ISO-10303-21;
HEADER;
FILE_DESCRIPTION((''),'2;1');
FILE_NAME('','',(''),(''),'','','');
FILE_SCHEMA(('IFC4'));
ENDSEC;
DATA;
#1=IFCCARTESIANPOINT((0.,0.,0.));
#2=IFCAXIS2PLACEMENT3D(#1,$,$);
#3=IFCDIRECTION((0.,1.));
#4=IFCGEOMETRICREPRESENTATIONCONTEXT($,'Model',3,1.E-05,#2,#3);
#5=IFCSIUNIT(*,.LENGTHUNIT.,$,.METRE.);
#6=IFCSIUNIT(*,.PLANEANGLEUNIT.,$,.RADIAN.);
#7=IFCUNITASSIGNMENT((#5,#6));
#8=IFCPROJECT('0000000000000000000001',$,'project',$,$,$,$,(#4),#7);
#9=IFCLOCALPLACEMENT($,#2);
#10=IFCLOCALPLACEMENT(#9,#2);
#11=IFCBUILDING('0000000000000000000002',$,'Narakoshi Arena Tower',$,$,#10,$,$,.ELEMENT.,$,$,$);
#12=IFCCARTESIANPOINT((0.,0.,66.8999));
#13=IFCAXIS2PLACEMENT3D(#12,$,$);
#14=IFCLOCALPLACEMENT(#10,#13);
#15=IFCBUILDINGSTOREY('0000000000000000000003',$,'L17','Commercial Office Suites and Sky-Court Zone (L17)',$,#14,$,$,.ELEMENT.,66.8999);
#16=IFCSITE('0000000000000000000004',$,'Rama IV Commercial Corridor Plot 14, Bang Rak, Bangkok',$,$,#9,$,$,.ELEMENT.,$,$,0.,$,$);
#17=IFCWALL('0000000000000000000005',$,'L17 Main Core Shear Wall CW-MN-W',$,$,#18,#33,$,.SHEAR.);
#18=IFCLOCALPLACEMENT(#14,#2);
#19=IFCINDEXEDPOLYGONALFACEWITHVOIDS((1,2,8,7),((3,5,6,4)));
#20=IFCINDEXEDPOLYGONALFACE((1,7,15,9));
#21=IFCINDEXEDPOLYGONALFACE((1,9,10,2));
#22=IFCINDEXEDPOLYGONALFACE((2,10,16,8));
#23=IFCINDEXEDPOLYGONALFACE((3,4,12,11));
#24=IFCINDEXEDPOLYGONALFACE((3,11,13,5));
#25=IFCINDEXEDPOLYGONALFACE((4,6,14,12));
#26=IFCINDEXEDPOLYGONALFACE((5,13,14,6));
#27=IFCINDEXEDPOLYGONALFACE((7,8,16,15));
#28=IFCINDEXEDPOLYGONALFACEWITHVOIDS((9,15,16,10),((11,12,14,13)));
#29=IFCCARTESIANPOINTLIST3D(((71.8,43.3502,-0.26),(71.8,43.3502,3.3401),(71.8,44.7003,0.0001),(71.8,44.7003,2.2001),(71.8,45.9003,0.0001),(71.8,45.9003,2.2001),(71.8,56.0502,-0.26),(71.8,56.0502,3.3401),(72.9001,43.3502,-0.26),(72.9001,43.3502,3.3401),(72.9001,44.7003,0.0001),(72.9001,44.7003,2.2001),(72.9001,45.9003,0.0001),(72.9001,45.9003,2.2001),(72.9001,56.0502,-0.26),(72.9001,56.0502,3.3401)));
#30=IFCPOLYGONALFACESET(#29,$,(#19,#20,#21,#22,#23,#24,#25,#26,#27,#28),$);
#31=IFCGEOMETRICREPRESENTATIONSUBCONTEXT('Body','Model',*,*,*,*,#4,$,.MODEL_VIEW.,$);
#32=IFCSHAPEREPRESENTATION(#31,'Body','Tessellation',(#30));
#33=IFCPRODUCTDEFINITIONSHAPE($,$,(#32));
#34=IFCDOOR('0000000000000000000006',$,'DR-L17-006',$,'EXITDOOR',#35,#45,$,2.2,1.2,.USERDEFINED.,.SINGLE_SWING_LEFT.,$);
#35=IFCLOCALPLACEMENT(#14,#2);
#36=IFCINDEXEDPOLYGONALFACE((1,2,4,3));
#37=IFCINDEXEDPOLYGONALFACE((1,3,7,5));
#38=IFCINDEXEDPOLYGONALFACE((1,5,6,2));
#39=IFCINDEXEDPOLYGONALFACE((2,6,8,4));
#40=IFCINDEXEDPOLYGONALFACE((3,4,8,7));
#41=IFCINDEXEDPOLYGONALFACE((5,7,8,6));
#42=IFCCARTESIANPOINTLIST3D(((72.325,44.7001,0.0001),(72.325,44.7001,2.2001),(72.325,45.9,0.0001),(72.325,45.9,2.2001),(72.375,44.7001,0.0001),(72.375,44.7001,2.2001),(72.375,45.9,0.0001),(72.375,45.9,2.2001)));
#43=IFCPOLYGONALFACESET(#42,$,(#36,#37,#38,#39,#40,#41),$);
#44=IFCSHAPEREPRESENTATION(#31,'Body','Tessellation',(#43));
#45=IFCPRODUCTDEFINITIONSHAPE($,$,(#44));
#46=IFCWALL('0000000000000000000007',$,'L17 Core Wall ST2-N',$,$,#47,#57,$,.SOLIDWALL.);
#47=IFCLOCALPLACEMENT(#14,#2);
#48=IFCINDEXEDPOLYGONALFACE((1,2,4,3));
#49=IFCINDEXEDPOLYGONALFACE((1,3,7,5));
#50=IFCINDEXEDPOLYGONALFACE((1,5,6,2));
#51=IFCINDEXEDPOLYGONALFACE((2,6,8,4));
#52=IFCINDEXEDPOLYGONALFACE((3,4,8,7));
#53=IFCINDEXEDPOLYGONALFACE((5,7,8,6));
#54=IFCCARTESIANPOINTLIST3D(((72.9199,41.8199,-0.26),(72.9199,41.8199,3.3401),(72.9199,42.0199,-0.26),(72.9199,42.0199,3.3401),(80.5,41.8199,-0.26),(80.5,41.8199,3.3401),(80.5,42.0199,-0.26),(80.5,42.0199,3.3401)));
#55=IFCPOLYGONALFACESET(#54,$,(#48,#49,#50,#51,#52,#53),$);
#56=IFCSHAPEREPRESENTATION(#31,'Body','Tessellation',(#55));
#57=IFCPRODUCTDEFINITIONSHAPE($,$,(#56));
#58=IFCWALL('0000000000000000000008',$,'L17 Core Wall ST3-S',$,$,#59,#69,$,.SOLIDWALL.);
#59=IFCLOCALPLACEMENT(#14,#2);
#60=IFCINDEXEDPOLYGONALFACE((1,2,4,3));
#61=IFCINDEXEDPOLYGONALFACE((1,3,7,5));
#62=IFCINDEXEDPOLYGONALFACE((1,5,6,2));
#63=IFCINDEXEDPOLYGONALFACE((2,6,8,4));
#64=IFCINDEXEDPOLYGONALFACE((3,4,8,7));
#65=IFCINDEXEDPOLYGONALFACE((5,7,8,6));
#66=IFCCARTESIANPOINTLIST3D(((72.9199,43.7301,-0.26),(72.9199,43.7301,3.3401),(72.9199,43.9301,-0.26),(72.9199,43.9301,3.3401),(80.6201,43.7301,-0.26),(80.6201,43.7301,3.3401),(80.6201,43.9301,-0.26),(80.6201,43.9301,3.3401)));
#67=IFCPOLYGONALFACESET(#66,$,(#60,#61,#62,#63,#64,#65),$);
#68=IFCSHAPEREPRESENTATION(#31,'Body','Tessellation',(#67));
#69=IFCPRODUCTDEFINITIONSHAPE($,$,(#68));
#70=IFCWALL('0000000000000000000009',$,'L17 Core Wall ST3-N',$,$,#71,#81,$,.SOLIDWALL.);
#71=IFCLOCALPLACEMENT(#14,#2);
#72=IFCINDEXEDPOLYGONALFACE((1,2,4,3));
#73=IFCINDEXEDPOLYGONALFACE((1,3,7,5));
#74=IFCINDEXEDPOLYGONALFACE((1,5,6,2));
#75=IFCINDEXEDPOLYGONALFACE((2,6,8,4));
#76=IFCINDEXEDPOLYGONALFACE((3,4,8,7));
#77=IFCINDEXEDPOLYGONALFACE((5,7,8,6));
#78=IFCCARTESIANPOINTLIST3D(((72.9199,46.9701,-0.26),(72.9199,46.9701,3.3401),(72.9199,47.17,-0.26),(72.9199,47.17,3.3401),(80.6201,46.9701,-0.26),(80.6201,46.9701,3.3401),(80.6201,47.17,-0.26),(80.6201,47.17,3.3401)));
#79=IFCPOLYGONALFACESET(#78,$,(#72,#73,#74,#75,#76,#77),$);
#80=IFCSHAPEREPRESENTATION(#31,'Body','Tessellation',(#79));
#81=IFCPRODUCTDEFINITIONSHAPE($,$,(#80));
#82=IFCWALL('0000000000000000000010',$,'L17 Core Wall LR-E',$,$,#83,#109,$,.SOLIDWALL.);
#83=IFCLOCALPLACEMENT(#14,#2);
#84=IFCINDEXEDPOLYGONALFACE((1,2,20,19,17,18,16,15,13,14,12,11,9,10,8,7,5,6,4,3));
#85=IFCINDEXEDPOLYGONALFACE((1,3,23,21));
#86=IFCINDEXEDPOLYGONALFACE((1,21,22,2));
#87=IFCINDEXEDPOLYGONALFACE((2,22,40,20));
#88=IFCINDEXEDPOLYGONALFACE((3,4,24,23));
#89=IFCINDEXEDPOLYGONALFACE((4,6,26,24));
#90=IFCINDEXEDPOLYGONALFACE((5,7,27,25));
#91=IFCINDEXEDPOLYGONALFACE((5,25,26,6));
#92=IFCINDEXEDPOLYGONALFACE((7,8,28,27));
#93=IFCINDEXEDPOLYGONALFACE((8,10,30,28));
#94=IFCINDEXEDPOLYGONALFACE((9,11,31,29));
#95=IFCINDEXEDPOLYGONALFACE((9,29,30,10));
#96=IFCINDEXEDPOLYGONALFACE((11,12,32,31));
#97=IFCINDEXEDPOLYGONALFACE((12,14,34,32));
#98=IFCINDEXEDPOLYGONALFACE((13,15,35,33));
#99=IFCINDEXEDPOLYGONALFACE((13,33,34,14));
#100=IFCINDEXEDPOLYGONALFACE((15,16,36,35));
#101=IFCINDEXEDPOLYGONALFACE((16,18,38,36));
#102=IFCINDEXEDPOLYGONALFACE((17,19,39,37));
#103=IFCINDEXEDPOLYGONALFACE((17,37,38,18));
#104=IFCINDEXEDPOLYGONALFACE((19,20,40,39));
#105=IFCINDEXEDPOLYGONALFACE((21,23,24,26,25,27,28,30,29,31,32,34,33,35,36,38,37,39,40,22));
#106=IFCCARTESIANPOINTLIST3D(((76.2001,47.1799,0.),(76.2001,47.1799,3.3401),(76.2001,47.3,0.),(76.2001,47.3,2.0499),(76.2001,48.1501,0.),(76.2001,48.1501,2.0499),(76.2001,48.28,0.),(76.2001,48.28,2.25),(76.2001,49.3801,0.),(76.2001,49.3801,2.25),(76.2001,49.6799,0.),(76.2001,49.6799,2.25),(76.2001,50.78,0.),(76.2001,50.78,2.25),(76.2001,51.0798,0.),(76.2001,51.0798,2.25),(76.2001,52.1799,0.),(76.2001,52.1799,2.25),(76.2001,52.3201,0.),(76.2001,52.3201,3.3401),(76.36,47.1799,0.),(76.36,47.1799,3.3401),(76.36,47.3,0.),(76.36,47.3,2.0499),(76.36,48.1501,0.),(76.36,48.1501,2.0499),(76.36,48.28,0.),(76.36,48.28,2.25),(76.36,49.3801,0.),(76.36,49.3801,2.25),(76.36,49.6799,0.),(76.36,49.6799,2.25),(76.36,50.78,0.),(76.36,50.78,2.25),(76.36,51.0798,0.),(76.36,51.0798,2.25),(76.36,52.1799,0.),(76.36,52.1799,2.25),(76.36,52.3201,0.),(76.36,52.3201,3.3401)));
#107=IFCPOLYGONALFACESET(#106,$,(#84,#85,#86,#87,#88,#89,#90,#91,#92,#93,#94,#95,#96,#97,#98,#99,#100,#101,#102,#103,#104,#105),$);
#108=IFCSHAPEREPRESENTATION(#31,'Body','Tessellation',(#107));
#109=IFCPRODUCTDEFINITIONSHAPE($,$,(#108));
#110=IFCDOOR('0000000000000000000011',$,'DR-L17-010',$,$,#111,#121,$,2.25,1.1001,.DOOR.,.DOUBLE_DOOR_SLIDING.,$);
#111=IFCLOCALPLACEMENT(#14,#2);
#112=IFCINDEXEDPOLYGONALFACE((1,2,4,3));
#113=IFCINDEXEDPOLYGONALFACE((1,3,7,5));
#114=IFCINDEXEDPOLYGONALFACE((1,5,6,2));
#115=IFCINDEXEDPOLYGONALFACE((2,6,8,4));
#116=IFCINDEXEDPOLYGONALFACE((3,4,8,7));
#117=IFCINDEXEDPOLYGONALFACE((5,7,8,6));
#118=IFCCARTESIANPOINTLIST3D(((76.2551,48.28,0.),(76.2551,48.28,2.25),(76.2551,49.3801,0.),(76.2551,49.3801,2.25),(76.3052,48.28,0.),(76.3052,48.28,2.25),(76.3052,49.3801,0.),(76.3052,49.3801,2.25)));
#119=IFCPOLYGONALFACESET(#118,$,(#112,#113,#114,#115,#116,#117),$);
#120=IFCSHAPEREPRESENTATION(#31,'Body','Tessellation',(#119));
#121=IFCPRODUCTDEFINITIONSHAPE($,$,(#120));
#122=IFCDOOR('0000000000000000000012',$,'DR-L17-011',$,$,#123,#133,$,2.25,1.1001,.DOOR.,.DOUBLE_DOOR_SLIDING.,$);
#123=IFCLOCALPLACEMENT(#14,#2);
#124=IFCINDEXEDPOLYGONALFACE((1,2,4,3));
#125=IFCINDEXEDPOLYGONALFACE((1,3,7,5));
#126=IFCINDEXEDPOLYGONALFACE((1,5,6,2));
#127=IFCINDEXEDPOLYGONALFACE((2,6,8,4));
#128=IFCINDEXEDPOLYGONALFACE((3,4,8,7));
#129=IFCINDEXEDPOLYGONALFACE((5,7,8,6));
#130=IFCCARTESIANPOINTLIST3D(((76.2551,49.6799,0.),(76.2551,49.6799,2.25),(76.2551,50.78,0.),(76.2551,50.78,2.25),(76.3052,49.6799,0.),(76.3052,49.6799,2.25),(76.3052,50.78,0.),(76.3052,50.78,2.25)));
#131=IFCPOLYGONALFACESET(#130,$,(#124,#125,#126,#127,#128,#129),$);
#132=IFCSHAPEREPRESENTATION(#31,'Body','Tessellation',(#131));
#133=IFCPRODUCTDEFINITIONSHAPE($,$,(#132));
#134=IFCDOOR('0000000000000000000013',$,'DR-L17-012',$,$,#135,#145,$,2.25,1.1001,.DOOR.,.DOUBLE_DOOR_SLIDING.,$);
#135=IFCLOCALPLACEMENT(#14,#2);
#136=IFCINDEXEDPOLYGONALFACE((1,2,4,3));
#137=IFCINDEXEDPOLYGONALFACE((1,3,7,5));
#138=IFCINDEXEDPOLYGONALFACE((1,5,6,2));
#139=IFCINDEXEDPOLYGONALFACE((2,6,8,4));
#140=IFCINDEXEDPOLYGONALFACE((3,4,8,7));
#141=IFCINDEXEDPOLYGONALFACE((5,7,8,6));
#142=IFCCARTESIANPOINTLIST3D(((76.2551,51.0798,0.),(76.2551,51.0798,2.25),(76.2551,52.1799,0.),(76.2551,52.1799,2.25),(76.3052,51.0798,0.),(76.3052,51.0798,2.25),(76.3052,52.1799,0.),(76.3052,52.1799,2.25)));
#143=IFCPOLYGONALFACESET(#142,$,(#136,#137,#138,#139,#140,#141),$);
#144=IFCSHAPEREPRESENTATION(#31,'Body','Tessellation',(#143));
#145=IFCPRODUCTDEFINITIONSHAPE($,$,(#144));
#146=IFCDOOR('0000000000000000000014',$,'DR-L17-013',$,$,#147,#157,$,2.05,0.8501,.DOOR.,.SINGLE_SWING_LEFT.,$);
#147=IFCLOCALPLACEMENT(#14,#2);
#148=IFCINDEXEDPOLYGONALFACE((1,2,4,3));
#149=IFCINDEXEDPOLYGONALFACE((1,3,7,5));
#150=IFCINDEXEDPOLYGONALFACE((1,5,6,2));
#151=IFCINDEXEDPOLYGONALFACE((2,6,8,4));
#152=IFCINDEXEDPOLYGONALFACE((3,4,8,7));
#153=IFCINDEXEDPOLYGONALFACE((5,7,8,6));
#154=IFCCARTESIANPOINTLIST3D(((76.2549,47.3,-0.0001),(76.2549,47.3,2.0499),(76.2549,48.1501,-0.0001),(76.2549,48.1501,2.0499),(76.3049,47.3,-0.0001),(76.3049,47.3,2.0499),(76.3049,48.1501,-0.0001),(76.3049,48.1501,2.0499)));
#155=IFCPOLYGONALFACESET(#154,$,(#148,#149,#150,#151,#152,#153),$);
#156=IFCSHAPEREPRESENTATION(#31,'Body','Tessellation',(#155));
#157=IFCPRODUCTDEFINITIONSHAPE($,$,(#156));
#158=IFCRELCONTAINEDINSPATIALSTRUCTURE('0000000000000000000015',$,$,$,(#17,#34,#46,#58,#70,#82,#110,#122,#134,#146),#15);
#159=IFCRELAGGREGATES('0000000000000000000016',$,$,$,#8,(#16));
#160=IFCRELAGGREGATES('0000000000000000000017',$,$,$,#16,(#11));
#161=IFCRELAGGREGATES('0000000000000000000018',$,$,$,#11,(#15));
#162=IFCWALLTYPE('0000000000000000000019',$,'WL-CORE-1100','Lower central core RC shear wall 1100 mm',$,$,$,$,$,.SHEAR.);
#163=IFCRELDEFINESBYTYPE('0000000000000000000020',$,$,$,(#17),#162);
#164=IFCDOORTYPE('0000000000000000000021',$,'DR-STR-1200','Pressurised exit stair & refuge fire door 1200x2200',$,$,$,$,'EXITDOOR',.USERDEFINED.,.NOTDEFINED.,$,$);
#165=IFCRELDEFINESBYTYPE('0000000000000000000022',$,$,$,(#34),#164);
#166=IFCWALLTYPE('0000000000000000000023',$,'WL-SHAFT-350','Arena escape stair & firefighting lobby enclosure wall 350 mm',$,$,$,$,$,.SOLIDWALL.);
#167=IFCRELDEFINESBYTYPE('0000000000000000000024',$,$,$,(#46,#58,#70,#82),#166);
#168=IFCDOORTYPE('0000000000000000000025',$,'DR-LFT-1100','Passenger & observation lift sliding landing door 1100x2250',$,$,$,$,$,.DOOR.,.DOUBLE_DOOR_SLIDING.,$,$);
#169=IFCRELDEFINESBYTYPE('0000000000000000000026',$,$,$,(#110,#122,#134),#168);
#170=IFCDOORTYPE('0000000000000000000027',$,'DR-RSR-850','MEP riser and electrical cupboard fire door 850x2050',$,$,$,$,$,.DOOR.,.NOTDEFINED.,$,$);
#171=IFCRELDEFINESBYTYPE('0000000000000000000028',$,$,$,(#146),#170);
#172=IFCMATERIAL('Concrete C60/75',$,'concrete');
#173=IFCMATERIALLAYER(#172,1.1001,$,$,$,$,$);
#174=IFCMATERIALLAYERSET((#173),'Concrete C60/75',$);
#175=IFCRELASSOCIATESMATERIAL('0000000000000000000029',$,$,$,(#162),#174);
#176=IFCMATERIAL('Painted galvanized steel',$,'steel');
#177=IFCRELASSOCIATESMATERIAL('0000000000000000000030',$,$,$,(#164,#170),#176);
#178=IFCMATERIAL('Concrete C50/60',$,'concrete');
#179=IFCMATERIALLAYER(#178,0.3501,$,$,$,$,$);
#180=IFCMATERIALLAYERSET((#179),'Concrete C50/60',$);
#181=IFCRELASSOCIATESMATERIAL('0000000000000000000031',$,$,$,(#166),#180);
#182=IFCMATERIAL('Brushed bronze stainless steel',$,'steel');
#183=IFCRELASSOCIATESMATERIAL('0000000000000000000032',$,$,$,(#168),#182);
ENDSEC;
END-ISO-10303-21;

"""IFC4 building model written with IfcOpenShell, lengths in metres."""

from ifc_helpers import new_model, si_unit, direction, frame, frame_2d, origin, place, context, subcontext, project, spatial, rectangle, extrude, material, layer, layer_set, type_object, element, fill, save


model = new_model("IFC4")

# Units and contexts
model_context = context("Model", 3, precision=1e-05, world=origin(), true_north=direction((0.0, 1.0)))
body_context = subcontext(model_context, "Body", "Model", "MODEL_VIEW")
ifc_project = project(units=[si_unit("LENGTHUNIT", "METRE"), si_unit("PLANEANGLEUNIT", "RADIAN")], contexts=[model_context])

# Site, building, storey
site_placement = place(None, origin())
site = spatial("IfcSite", under=ifc_project, at=site_placement, Name="Rama IV Commercial Corridor Plot 14, Bang Rak, Bangkok", CompositionType="ELEMENT", RefElevation=0.0)
building_placement = place(site_placement, origin())
building = spatial("IfcBuilding", under=site, at=building_placement, Name="Narakoshi Arena Tower", CompositionType="ELEMENT")
storey_placement = place(building_placement, frame((0.0, 0.0, 66.8999)))
storey = spatial("IfcBuildingStorey", under=building, at=storey_placement, Name="L17", Description="Commercial Office Suites and Sky-Court Zone (L17)", CompositionType="ELEMENT", Elevation=66.8999)

# Wall, opening, door
ifc_material_1 = material(Name="Concrete C60/75", Category="concrete")
ifc_layer_1 = layer(ifc_material_1, 1.1001)
ifc_layer_set_1 = layer_set([ifc_layer_1], Name="Concrete C60/75")
wall_type_1 = type_object("IfcWallType", Name="WL-CORE-1100", Description="Lower central core RC shear wall 1100 mm", PredefinedType="SHEAR", material=ifc_layer_set_1)
wall_1_placement = place(storey_placement, frame((72.3501, 43.3501, -0.26), z_axis=(0.0, 0.0, 1.0), x_axis=(0.0, 1.0, 0.0)))
wall_1 = element("IfcWall", 1, at=wall_1_placement, inside=storey, type_object=wall_type_1, Name="L17 Main Core Shear Wall CW-MN-W", PredefinedType="SHEAR", context=body_context, shape_type="SweptSolid", body=[
    extrude(rectangle(XDim=12.7, YDim=1.1001, at=frame_2d((6.3501, 0.0))), origin(), (0.0, 0.0, 1.0), 3.6001),
])
opening_1_placement = place(wall_1_placement, frame((1.3501, 0.0, 0.26)))
opening_1 = element("IfcOpeningElement", 2, at=opening_1_placement, cuts=wall_1, PredefinedType="OPENING", context=body_context, shape_type="SweptSolid", body=[
    extrude(rectangle(XDim=1.2, YDim=2.2, at=frame_2d((0.6001, 1.1001))), frame((0.0, 0.5601, 0.0), z_axis=(0.0, -1.0, 0.0), x_axis=(1.0, 0.0, 0.0)), (0.0, 0.0, 1.0), 1.1201),
])
ifc_material_2 = material(Name="Painted galvanized steel", Category="steel")
door_type_1 = type_object("IfcDoorType", Name="DR-STR-1200", Description="Pressurised exit stair & refuge fire door 1200x2200", ElementType="EXITDOOR", OperationType="NOTDEFINED", PredefinedType="USERDEFINED", material=ifc_material_2)
door_1_placement = place(opening_1_placement, frame((1.2, 0.0, 0.0), z_axis=(0.0, 0.0, 1.0), x_axis=(-1.0, 0.0, 0.0)))
door_1 = element("IfcDoor", 3, at=door_1_placement, inside=storey, type_object=door_type_1, Name="DR-L17-006", ObjectType="EXITDOOR", OperationType="SINGLE_SWING_LEFT", OverallHeight=2.2, OverallWidth=1.2, PredefinedType="USERDEFINED", context=body_context, shape_type="SweptSolid", body=[
    extrude(rectangle(XDim=1.2, YDim=2.2, at=frame_2d((0.6001, 1.1001))), frame((0.0, 0.0249, 0.0), z_axis=(0.0, -1.0, 0.0), x_axis=(1.0, 0.0, 0.0)), (0.0, 0.0, 1.0), 0.05),
])
fill(opening_1, door_1)

# Walls
ifc_material_3 = material(Name="Concrete C50/60", Category="concrete")
ifc_layer_2 = layer(ifc_material_3, 0.3501)
ifc_layer_set_2 = layer_set([ifc_layer_2], Name="Concrete C50/60")
wall_type_2 = type_object("IfcWallType", Name="WL-SHAFT-350", Description="Arena escape stair & firefighting lobby enclosure wall 350 mm", PredefinedType="SOLIDWALL", material=ifc_layer_set_2)
wall_2_placement = place(storey_placement, frame((72.9199, 41.9199, -0.26), z_axis=(0.0, 0.0, 1.0), x_axis=(1.0, 0.0, 0.0)))
element("IfcWall", 4, at=wall_2_placement, inside=storey, type_object=wall_type_2, Name="L17 Core Wall ST2-N", PredefinedType="SOLIDWALL", context=body_context, shape_type="SweptSolid", body=[
    extrude(rectangle(XDim=7.5801, YDim=0.2, at=frame_2d((3.79, 0.0))), origin(), (0.0, 0.0, 1.0), 3.6001),
])
for number, where, z_axis, x_axis, name in (
    (5, (72.9199, 43.8301, -0.26), (0.0, 0.0, 1.0), (1.0, 0.0, 0.0), "L17 Core Wall ST3-S"),
    (6, (72.9199, 47.0701, -0.26), (0.0, 0.0, 1.0), (1.0, 0.0, 0.0), "L17 Core Wall ST3-N"),
):
    element("IfcWall", number, at=place(storey_placement, frame(where, z_axis=z_axis, x_axis=x_axis)), inside=storey, type_object=wall_type_2, Name=name, PredefinedType="SOLIDWALL", context=body_context, shape_type="SweptSolid", body=[
        extrude(rectangle(XDim=7.7002, YDim=0.2, at=frame_2d((3.8501, 0.0))), origin(), (0.0, 0.0, 1.0), 3.6001),
    ])

# Wall, openings, doors
wall_3_placement = place(storey_placement, frame((76.28, 47.1799, 0.0), z_axis=(0.0, 0.0, 1.0), x_axis=(0.0, 1.0, 0.0)))
wall_3 = element("IfcWall", 7, at=wall_3_placement, inside=storey, type_object=wall_type_2, Name="L17 Core Wall LR-E", PredefinedType="SOLIDWALL", context=body_context, shape_type="SweptSolid", body=[
    extrude(rectangle(XDim=5.1401, YDim=0.1599, at=frame_2d((2.5701, 0.0))), origin(), (0.0, 0.0, 1.0), 3.3401),
])
opening_2_placement = place(wall_3_placement, frame((1.1001, 0.0, 0.0)))
opening_2 = element("IfcOpeningElement", 8, at=opening_2_placement, cuts=wall_3, PredefinedType="OPENING", context=body_context, shape_type="SweptSolid", body=[
    extrude(rectangle(XDim=1.1001, YDim=2.25, at=frame_2d((0.55, 1.125))), frame((0.0, 0.0898, 0.0), z_axis=(0.0, -1.0, 0.0), x_axis=(1.0, 0.0, 0.0)), (0.0, 0.0, 1.0), 0.1799),
])
opening_3_placement = place(wall_3_placement, frame((2.5, 0.0, 0.0)))
opening_3 = element("IfcOpeningElement", 9, at=opening_3_placement, cuts=wall_3, PredefinedType="OPENING", context=body_context, shape_type="SweptSolid", body=[
    extrude(rectangle(XDim=1.1001, YDim=2.25, at=frame_2d((0.55, 1.125))), frame((0.0, 0.0898, 0.0), z_axis=(0.0, -1.0, 0.0), x_axis=(1.0, 0.0, 0.0)), (0.0, 0.0, 1.0), 0.1799),
])
opening_4_placement = place(wall_3_placement, frame((3.8999, 0.0, 0.0)))
opening_4 = element("IfcOpeningElement", 10, at=opening_4_placement, cuts=wall_3, PredefinedType="OPENING", context=body_context, shape_type="SweptSolid", body=[
    extrude(rectangle(XDim=1.1001, YDim=2.25, at=frame_2d((0.55, 1.125))), frame((0.0, 0.0898, 0.0), z_axis=(0.0, -1.0, 0.0), x_axis=(1.0, 0.0, 0.0)), (0.0, 0.0, 1.0), 0.1799),
])
opening_5_placement = place(wall_3_placement, frame((0.1201, 0.0, 0.0)))
opening_5 = element("IfcOpeningElement", 11, at=opening_5_placement, cuts=wall_3, PredefinedType="OPENING", context=body_context, shape_type="SweptSolid", body=[
    extrude(rectangle(XDim=0.8501, YDim=2.05, at=frame_2d((0.425, 1.0249))), frame((0.0, 0.0898, 0.0), z_axis=(0.0, -1.0, 0.0), x_axis=(1.0, 0.0, 0.0)), (0.0, 0.0, 1.0), 0.1799),
])
ifc_material_4 = material(Name="Brushed bronze stainless steel", Category="steel")
door_type_2 = type_object("IfcDoorType", Name="DR-LFT-1100", Description="Passenger & observation lift sliding landing door 1100x2250", OperationType="DOUBLE_DOOR_SLIDING", PredefinedType="DOOR", material=ifc_material_4)
door_2_placement = place(opening_2_placement, origin())
door_2 = element("IfcDoor", 12, at=door_2_placement, inside=storey, type_object=door_type_2, Name="DR-L17-010", OperationType="DOUBLE_DOOR_SLIDING", OverallHeight=2.25, OverallWidth=1.1001, PredefinedType="DOOR", context=body_context, shape_type="SweptSolid", body=[
    extrude(rectangle(XDim=1.1001, YDim=2.25, at=frame_2d((0.55, 1.125))), frame((0.0, 0.0249, 0.0), z_axis=(0.0, -1.0, 0.0), x_axis=(1.0, 0.0, 0.0)), (0.0, 0.0, 1.0), 0.05),
])
fill(opening_2, door_2)
door_3_placement = place(opening_3_placement, origin())
door_3 = element("IfcDoor", 13, at=door_3_placement, inside=storey, type_object=door_type_2, Name="DR-L17-011", OperationType="DOUBLE_DOOR_SLIDING", OverallHeight=2.25, OverallWidth=1.1001, PredefinedType="DOOR", context=body_context, shape_type="SweptSolid", body=[
    extrude(rectangle(XDim=1.1001, YDim=2.25, at=frame_2d((0.55, 1.125))), frame((0.0, 0.0249, 0.0), z_axis=(0.0, -1.0, 0.0), x_axis=(1.0, 0.0, 0.0)), (0.0, 0.0, 1.0), 0.05),
])
fill(opening_3, door_3)
door_4_placement = place(opening_4_placement, origin())
door_4 = element("IfcDoor", 14, at=door_4_placement, inside=storey, type_object=door_type_2, Name="DR-L17-012", OperationType="DOUBLE_DOOR_SLIDING", OverallHeight=2.25, OverallWidth=1.1001, PredefinedType="DOOR", context=body_context, shape_type="SweptSolid", body=[
    extrude(rectangle(XDim=1.1001, YDim=2.25, at=frame_2d((0.55, 1.125))), frame((0.0, 0.0249, 0.0), z_axis=(0.0, -1.0, 0.0), x_axis=(1.0, 0.0, 0.0)), (0.0, 0.0, 1.0), 0.05),
])
fill(opening_4, door_4)
door_type_3 = type_object("IfcDoorType", Name="DR-RSR-850", Description="MEP riser and electrical cupboard fire door 850x2050", OperationType="NOTDEFINED", PredefinedType="DOOR", material=ifc_material_2)
door_5_placement = place(opening_5_placement, frame((0.8501, 0.0, 0.0), z_axis=(0.0, 0.0, 1.0), x_axis=(-1.0, 0.0, 0.0)))
door_5 = element("IfcDoor", 15, at=door_5_placement, inside=storey, type_object=door_type_3, Name="DR-L17-013", OperationType="SINGLE_SWING_LEFT", OverallHeight=2.05, OverallWidth=0.8501, PredefinedType="DOOR", context=body_context, shape_type="SweptSolid", body=[
    extrude(rectangle(XDim=0.8501, YDim=2.05, at=frame_2d((0.425, 1.0249))), frame((0.0, 0.0249, 0.0), z_axis=(0.0, -1.0, 0.0), x_axis=(1.0, 0.0, 0.0)), (0.0, 0.0, 1.0), 0.05),
])
fill(opening_5, door_5)

save(model, "model.ifc")
